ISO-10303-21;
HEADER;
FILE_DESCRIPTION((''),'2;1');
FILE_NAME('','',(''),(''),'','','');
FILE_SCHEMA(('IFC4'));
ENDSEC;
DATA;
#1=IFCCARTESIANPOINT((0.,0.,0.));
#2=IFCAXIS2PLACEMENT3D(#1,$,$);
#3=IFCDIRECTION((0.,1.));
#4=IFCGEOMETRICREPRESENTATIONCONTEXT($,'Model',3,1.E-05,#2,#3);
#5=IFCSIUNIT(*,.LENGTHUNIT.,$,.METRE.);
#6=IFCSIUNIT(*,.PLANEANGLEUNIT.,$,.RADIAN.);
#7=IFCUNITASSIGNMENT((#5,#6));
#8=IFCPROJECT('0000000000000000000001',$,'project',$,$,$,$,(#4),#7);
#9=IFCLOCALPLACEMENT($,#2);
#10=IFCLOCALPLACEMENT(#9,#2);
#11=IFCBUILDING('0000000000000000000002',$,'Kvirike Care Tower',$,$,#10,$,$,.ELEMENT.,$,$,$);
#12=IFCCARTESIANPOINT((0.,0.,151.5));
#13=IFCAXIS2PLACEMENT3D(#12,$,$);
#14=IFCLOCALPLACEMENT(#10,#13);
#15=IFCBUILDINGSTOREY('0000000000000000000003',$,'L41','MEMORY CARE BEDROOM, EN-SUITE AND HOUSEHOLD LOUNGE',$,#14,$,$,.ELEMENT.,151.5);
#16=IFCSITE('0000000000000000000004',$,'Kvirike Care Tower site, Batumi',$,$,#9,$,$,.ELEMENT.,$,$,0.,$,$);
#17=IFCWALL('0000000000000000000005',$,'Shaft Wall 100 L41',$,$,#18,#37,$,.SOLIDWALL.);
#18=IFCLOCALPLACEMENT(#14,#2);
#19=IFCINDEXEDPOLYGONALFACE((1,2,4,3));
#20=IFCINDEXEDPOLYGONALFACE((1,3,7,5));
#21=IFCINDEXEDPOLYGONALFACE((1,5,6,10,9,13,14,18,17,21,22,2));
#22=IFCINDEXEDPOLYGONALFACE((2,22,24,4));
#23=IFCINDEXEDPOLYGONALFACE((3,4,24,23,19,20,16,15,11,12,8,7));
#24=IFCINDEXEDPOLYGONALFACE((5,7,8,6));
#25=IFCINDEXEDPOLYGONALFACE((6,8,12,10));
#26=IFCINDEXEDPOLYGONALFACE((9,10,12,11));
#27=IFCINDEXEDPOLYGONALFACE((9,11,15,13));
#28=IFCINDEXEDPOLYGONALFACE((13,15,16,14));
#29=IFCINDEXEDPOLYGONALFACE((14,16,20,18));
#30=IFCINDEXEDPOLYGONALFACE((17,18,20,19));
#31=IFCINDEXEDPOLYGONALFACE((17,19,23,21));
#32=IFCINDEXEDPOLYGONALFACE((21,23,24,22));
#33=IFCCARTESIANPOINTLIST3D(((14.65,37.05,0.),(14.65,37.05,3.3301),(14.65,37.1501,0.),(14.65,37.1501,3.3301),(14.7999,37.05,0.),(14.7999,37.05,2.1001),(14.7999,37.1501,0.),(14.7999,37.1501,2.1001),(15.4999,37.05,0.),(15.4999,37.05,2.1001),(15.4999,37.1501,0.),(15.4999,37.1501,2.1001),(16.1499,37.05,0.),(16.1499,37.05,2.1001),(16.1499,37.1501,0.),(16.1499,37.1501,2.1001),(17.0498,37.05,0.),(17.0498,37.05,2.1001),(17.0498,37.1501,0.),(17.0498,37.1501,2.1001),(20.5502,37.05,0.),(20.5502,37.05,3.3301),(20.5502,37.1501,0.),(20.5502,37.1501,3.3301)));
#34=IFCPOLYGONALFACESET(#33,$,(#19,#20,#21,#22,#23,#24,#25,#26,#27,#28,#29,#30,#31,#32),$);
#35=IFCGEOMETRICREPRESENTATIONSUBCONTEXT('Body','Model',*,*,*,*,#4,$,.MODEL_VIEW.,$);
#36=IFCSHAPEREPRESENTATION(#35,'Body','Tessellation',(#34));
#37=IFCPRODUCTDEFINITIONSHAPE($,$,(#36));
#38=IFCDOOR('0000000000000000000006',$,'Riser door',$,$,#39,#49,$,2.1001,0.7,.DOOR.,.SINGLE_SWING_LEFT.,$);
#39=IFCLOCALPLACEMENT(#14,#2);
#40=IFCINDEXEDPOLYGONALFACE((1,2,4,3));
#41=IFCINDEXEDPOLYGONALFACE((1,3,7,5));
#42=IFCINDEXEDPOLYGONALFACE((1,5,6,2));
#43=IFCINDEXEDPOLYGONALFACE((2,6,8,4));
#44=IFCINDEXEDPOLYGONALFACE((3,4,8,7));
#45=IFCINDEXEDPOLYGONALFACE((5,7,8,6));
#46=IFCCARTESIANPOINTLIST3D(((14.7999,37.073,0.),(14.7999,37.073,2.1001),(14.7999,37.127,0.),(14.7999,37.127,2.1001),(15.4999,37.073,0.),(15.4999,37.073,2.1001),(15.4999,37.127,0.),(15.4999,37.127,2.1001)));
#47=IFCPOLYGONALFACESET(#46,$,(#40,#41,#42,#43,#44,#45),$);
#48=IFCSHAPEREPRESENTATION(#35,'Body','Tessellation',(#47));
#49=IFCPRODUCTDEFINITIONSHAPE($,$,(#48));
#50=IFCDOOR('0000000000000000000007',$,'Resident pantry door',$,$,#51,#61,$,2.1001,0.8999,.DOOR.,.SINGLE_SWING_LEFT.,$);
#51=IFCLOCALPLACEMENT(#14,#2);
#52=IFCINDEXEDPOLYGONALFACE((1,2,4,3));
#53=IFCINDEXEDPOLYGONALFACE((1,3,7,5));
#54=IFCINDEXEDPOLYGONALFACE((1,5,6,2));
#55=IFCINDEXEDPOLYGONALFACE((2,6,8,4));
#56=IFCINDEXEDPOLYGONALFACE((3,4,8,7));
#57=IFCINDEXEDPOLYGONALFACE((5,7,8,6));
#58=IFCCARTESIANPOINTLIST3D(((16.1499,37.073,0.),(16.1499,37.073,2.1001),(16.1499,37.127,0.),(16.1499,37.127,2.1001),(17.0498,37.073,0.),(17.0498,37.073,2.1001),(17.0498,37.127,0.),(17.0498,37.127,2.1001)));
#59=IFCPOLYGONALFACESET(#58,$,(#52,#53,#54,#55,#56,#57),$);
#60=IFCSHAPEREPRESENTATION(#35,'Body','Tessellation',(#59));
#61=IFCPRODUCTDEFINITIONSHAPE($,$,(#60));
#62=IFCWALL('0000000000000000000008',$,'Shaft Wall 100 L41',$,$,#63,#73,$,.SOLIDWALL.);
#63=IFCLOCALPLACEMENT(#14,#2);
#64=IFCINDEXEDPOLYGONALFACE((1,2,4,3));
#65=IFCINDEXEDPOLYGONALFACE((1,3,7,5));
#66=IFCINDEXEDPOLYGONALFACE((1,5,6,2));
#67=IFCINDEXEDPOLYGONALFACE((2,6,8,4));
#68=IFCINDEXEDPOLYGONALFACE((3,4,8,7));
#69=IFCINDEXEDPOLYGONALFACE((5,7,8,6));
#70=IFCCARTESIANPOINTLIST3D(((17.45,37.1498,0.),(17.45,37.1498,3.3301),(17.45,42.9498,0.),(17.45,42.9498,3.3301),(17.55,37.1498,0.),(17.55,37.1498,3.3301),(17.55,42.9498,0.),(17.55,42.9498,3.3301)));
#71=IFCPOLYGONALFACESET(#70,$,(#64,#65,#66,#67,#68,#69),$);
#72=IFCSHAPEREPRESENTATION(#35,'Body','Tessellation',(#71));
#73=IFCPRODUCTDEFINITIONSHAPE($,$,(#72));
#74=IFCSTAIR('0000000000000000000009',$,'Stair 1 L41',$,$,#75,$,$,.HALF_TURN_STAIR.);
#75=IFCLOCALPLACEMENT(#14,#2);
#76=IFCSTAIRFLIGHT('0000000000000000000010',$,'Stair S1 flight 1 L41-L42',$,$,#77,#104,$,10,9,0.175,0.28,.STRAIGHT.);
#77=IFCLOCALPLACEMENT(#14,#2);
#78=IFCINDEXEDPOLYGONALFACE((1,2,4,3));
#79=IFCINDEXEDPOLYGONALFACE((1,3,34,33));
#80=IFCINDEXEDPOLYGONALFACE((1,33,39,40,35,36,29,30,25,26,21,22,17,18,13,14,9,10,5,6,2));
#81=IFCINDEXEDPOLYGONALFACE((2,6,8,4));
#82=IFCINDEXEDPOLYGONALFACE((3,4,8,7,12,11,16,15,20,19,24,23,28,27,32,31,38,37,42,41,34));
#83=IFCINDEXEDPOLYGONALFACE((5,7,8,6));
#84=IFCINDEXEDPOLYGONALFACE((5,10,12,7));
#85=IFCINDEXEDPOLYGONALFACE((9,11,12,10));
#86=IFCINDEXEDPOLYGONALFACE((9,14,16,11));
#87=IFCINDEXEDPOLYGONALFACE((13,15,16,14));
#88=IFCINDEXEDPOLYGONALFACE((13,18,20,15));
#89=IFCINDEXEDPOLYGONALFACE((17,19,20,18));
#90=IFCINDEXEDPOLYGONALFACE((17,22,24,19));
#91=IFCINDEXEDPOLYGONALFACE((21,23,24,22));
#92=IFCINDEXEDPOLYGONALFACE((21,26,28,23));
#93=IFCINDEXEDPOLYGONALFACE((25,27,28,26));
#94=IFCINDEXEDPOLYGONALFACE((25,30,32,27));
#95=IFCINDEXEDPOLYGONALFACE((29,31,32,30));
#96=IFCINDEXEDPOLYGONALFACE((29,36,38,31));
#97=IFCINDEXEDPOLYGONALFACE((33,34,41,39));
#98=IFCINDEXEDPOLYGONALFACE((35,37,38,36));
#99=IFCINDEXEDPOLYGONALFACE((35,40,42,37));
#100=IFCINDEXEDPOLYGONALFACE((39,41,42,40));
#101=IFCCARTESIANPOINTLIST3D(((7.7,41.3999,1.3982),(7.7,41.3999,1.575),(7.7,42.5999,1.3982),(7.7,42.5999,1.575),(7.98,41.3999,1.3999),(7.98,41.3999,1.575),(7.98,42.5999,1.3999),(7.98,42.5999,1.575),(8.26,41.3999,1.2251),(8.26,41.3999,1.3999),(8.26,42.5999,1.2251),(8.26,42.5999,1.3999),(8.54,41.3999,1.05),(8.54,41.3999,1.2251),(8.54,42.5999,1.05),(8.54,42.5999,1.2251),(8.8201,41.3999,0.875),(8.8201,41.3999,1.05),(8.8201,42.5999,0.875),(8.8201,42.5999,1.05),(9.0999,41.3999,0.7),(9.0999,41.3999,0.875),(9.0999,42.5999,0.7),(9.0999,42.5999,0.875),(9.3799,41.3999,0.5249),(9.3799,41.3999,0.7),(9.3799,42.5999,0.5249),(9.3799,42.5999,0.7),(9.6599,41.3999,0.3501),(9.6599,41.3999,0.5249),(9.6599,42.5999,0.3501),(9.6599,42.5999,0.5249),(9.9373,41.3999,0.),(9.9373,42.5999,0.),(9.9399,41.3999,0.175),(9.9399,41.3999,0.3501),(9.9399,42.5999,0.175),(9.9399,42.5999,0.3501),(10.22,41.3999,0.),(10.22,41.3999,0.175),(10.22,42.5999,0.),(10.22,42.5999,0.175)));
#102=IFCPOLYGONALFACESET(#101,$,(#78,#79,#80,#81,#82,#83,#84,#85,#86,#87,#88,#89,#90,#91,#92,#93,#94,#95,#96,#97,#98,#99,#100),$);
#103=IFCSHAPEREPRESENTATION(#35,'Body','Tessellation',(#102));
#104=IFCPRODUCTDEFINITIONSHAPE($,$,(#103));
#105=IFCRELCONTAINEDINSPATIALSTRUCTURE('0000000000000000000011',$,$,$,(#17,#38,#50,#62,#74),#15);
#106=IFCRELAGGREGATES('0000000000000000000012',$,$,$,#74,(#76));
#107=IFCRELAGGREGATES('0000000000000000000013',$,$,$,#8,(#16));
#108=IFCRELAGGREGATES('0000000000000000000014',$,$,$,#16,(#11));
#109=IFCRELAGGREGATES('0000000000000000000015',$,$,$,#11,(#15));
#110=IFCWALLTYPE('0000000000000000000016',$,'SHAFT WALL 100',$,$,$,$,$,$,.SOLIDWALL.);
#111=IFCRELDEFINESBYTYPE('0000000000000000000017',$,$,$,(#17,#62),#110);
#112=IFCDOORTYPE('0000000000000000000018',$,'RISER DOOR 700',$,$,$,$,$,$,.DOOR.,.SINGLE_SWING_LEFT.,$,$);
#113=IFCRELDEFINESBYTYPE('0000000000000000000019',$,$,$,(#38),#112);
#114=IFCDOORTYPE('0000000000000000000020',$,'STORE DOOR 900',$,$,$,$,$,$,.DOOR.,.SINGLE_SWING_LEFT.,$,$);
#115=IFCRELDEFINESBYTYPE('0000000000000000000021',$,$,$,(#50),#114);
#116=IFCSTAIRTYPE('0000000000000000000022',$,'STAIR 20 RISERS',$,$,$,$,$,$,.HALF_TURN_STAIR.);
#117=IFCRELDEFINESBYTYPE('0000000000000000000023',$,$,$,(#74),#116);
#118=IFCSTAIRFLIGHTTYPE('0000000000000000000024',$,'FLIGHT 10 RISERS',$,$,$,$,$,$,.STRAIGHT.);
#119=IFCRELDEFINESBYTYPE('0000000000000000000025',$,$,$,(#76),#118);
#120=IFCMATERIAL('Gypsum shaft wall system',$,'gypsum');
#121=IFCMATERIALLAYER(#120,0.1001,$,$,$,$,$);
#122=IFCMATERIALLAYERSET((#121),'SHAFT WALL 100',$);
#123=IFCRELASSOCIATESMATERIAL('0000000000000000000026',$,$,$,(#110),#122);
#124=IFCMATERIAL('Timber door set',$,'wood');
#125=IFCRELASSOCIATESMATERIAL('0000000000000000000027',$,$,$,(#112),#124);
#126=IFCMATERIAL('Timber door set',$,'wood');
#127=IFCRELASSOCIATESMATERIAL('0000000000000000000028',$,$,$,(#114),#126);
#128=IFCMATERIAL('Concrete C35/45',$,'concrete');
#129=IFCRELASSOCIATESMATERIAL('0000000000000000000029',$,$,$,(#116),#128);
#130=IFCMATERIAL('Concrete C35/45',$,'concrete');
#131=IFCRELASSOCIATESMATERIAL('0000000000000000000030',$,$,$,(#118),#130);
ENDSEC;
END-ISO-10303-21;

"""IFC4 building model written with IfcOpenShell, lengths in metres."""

from ifc_helpers import new_model, si_unit, direction, frame, frame_2d, origin, place, context, subcontext, project, spatial, polyline, rectangle, outline, extrude, material, layer, layer_set, type_object, element, fill, aggregate, save


model = new_model("IFC4")

# Units and contexts
model_context = context("Model", 3, precision=1e-05, world=origin(), true_north=direction((0.0, 1.0)))
body_context = subcontext(model_context, "Body", "Model", "MODEL_VIEW")
ifc_project = project(units=[si_unit("LENGTHUNIT", "METRE"), si_unit("PLANEANGLEUNIT", "RADIAN")], contexts=[model_context])

# Site, building, storey
site_placement = place(None, origin())
site = spatial("IfcSite", under=ifc_project, at=site_placement, Name="Kvirike Care Tower site, Batumi", CompositionType="ELEMENT", RefElevation=0.0)
building_placement = place(site_placement, origin())
building = spatial("IfcBuilding", under=site, at=building_placement, Name="Kvirike Care Tower", CompositionType="ELEMENT")
storey_placement = place(building_placement, frame((0.0, 0.0, 151.5)))
storey = spatial("IfcBuildingStorey", under=building, at=storey_placement, Name="L41", Description="MEMORY CARE BEDROOM, EN-SUITE AND HOUSEHOLD LOUNGE", CompositionType="ELEMENT", Elevation=151.5)

# Shared definitions
ifc_material_1 = material(Name="Gypsum shaft wall system", Category="gypsum")
ifc_layer_1 = layer(ifc_material_1, 0.1001)
ifc_layer_set_1 = layer_set([ifc_layer_1], Name="SHAFT WALL 100")
wall_type_1 = type_object("IfcWallType", Name="SHAFT WALL 100", PredefinedType="SOLIDWALL", material=ifc_layer_set_1)

# Shared definitions
ifc_material_2 = material(Name="Timber door set", Category="wood")
door_type_1 = type_object("IfcDoorType", Name="RISER DOOR 700", OperationType="SINGLE_SWING_LEFT", PredefinedType="DOOR", material=ifc_material_2)

# Wall, openings, doors
wall_1_placement = place(storey_placement, frame((14.6499, 37.1001, 0.0), z_axis=(0.0, 0.0, 1.0), x_axis=(1.0, 0.0, 0.0)))
wall_1 = element("IfcWall", 1, at=wall_1_placement, inside=storey, type_object=wall_type_1, Name="Shaft Wall 100 L41", PredefinedType="SOLIDWALL", context=body_context, shape_type="SweptSolid", body=[
    extrude(rectangle(XDim=5.9001, YDim=0.1001, at=frame_2d((2.9502, 0.0))), origin(), (0.0, 0.0, 1.0), 3.3301),
])
opening_1_placement = place(wall_1_placement, frame((0.1499, 0.0, 0.0)))
opening_1 = element("IfcOpeningElement", 2, at=opening_1_placement, cuts=wall_1, PredefinedType="OPENING", context=body_context, shape_type="SweptSolid", body=[
    extrude(rectangle(XDim=0.7, YDim=2.1001, at=frame_2d((0.3501, 1.05))), frame((0.0, 0.0605, 0.0), z_axis=(0.0, -1.0, 0.0), x_axis=(1.0, 0.0, 0.0)), (0.0, 0.0, 1.0), 0.1211),
])
opening_2_placement = place(wall_1_placement, frame((1.5, 0.0, 0.0)))
opening_2 = element("IfcOpeningElement", 3, at=opening_2_placement, cuts=wall_1, PredefinedType="OPENING", context=body_context, shape_type="SweptSolid", body=[
    extrude(rectangle(XDim=0.8999, YDim=2.1001, at=frame_2d((0.45, 1.05))), frame((0.0, 0.0605, 0.0), z_axis=(0.0, -1.0, 0.0), x_axis=(1.0, 0.0, 0.0)), (0.0, 0.0, 1.0), 0.1211),
])
door_1_placement = place(opening_1_placement, origin())
door_1 = element("IfcDoor", 4, at=door_1_placement, inside=storey, type_object=door_type_1, Name="Riser door", OperationType="SINGLE_SWING_LEFT", OverallHeight=2.1001, OverallWidth=0.7, PredefinedType="DOOR", context=body_context, shape_type="SweptSolid", body=[
    extrude(rectangle(XDim=0.7, YDim=2.1001, at=frame_2d((0.3501, 1.05))), frame((0.0, 0.0269, 0.0), z_axis=(0.0, -1.0, 0.0), x_axis=(1.0, 0.0, 0.0)), (0.0, 0.0, 1.0), 0.054),
])
fill(opening_1, door_1)
ifc_material_3 = material(Name="Timber door set", Category="wood")
door_type_2 = type_object("IfcDoorType", Name="STORE DOOR 900", OperationType="SINGLE_SWING_LEFT", PredefinedType="DOOR", material=ifc_material_3)
door_2_placement = place(opening_2_placement, origin())
door_2 = element("IfcDoor", 5, at=door_2_placement, inside=storey, type_object=door_type_2, Name="Resident pantry door", OperationType="SINGLE_SWING_LEFT", OverallHeight=2.1001, OverallWidth=0.8999, PredefinedType="DOOR", context=body_context, shape_type="SweptSolid", body=[
    extrude(rectangle(XDim=0.8999, YDim=2.1001, at=frame_2d((0.45, 1.05))), frame((0.0, 0.0269, 0.0), z_axis=(0.0, -1.0, 0.0), x_axis=(1.0, 0.0, 0.0)), (0.0, 0.0, 1.0), 0.054),
])
fill(opening_2, door_2)

# Wall
wall_2_placement = place(storey_placement, frame((17.5, 37.1499, 0.0), z_axis=(0.0, 0.0, 1.0), x_axis=(0.0, 1.0, 0.0)))
element("IfcWall", 6, at=wall_2_placement, inside=storey, type_object=wall_type_1, Name="Shaft Wall 100 L41", PredefinedType="SOLIDWALL", context=body_context, shape_type="SweptSolid", body=[
    extrude(rectangle(XDim=5.8, YDim=0.1001, at=frame_2d((2.8999, 0.0))), origin(), (0.0, 0.0, 1.0), 3.3301),
])

# Stair, stair flight
ifc_material_4 = material(Name="Concrete C35/45", Category="concrete")
stair_type = type_object("IfcStairType", Name="STAIR 20 RISERS", PredefinedType="HALF_TURN_STAIR", material=ifc_material_4)
stair_placement = place(storey_placement, origin())
stair = element("IfcStair", 7, at=stair_placement, inside=storey, type_object=stair_type, Name="Stair 1 L41", PredefinedType="HALF_TURN_STAIR")
ifc_material_5 = material(Name="Concrete C35/45", Category="concrete")
stair_flight_type = type_object("IfcStairFlightType", Name="FLIGHT 10 RISERS", PredefinedType="STRAIGHT", material=ifc_material_5)
stair_flight_placement = place(storey_placement, frame((10.22, 42.0, 0.0), z_axis=(0.0, 0.0, 1.0), x_axis=(-1.0, 0.0, 0.0)))
stair_flight = element("IfcStairFlight", 8, at=stair_flight_placement, type_object=stair_flight_type, Name="Stair S1 flight 1 L41-L42", NumberOfRisers=10, NumberOfTreads=9, PredefinedType="STRAIGHT", RiserHeight=0.175, TreadLength=0.28, context=body_context, shape_type="SweptSolid", body=[
    extrude(outline(polyline([(0.0, 0.0), (0.0, 0.175), (0.28, 0.175), (0.28, 0.3501), (0.5601, 0.3501), (0.5601, 0.5249), (0.8401, 0.5249), (0.8401, 0.7), (1.1201, 0.7), (1.1201, 0.875), (1.3999, 0.875), (1.3999, 1.05), (1.6799, 1.05), (1.6799, 1.2251), (1.96, 1.2251), (1.96, 1.3999), (2.24, 1.3999), (2.24, 1.575), (2.52, 1.575), (2.52, 1.75), (2.52, 1.3982), (0.2827, 0.0), (0.0, 0.0)])), frame((0.0, 0.6001, 0.0), z_axis=(0.0, -1.0, 0.0), x_axis=(1.0, 0.0, 0.0)), (0.0, 0.0, 1.0), 1.2),
])
aggregate(stair, [stair_flight])

save(model, "model.ifc")
